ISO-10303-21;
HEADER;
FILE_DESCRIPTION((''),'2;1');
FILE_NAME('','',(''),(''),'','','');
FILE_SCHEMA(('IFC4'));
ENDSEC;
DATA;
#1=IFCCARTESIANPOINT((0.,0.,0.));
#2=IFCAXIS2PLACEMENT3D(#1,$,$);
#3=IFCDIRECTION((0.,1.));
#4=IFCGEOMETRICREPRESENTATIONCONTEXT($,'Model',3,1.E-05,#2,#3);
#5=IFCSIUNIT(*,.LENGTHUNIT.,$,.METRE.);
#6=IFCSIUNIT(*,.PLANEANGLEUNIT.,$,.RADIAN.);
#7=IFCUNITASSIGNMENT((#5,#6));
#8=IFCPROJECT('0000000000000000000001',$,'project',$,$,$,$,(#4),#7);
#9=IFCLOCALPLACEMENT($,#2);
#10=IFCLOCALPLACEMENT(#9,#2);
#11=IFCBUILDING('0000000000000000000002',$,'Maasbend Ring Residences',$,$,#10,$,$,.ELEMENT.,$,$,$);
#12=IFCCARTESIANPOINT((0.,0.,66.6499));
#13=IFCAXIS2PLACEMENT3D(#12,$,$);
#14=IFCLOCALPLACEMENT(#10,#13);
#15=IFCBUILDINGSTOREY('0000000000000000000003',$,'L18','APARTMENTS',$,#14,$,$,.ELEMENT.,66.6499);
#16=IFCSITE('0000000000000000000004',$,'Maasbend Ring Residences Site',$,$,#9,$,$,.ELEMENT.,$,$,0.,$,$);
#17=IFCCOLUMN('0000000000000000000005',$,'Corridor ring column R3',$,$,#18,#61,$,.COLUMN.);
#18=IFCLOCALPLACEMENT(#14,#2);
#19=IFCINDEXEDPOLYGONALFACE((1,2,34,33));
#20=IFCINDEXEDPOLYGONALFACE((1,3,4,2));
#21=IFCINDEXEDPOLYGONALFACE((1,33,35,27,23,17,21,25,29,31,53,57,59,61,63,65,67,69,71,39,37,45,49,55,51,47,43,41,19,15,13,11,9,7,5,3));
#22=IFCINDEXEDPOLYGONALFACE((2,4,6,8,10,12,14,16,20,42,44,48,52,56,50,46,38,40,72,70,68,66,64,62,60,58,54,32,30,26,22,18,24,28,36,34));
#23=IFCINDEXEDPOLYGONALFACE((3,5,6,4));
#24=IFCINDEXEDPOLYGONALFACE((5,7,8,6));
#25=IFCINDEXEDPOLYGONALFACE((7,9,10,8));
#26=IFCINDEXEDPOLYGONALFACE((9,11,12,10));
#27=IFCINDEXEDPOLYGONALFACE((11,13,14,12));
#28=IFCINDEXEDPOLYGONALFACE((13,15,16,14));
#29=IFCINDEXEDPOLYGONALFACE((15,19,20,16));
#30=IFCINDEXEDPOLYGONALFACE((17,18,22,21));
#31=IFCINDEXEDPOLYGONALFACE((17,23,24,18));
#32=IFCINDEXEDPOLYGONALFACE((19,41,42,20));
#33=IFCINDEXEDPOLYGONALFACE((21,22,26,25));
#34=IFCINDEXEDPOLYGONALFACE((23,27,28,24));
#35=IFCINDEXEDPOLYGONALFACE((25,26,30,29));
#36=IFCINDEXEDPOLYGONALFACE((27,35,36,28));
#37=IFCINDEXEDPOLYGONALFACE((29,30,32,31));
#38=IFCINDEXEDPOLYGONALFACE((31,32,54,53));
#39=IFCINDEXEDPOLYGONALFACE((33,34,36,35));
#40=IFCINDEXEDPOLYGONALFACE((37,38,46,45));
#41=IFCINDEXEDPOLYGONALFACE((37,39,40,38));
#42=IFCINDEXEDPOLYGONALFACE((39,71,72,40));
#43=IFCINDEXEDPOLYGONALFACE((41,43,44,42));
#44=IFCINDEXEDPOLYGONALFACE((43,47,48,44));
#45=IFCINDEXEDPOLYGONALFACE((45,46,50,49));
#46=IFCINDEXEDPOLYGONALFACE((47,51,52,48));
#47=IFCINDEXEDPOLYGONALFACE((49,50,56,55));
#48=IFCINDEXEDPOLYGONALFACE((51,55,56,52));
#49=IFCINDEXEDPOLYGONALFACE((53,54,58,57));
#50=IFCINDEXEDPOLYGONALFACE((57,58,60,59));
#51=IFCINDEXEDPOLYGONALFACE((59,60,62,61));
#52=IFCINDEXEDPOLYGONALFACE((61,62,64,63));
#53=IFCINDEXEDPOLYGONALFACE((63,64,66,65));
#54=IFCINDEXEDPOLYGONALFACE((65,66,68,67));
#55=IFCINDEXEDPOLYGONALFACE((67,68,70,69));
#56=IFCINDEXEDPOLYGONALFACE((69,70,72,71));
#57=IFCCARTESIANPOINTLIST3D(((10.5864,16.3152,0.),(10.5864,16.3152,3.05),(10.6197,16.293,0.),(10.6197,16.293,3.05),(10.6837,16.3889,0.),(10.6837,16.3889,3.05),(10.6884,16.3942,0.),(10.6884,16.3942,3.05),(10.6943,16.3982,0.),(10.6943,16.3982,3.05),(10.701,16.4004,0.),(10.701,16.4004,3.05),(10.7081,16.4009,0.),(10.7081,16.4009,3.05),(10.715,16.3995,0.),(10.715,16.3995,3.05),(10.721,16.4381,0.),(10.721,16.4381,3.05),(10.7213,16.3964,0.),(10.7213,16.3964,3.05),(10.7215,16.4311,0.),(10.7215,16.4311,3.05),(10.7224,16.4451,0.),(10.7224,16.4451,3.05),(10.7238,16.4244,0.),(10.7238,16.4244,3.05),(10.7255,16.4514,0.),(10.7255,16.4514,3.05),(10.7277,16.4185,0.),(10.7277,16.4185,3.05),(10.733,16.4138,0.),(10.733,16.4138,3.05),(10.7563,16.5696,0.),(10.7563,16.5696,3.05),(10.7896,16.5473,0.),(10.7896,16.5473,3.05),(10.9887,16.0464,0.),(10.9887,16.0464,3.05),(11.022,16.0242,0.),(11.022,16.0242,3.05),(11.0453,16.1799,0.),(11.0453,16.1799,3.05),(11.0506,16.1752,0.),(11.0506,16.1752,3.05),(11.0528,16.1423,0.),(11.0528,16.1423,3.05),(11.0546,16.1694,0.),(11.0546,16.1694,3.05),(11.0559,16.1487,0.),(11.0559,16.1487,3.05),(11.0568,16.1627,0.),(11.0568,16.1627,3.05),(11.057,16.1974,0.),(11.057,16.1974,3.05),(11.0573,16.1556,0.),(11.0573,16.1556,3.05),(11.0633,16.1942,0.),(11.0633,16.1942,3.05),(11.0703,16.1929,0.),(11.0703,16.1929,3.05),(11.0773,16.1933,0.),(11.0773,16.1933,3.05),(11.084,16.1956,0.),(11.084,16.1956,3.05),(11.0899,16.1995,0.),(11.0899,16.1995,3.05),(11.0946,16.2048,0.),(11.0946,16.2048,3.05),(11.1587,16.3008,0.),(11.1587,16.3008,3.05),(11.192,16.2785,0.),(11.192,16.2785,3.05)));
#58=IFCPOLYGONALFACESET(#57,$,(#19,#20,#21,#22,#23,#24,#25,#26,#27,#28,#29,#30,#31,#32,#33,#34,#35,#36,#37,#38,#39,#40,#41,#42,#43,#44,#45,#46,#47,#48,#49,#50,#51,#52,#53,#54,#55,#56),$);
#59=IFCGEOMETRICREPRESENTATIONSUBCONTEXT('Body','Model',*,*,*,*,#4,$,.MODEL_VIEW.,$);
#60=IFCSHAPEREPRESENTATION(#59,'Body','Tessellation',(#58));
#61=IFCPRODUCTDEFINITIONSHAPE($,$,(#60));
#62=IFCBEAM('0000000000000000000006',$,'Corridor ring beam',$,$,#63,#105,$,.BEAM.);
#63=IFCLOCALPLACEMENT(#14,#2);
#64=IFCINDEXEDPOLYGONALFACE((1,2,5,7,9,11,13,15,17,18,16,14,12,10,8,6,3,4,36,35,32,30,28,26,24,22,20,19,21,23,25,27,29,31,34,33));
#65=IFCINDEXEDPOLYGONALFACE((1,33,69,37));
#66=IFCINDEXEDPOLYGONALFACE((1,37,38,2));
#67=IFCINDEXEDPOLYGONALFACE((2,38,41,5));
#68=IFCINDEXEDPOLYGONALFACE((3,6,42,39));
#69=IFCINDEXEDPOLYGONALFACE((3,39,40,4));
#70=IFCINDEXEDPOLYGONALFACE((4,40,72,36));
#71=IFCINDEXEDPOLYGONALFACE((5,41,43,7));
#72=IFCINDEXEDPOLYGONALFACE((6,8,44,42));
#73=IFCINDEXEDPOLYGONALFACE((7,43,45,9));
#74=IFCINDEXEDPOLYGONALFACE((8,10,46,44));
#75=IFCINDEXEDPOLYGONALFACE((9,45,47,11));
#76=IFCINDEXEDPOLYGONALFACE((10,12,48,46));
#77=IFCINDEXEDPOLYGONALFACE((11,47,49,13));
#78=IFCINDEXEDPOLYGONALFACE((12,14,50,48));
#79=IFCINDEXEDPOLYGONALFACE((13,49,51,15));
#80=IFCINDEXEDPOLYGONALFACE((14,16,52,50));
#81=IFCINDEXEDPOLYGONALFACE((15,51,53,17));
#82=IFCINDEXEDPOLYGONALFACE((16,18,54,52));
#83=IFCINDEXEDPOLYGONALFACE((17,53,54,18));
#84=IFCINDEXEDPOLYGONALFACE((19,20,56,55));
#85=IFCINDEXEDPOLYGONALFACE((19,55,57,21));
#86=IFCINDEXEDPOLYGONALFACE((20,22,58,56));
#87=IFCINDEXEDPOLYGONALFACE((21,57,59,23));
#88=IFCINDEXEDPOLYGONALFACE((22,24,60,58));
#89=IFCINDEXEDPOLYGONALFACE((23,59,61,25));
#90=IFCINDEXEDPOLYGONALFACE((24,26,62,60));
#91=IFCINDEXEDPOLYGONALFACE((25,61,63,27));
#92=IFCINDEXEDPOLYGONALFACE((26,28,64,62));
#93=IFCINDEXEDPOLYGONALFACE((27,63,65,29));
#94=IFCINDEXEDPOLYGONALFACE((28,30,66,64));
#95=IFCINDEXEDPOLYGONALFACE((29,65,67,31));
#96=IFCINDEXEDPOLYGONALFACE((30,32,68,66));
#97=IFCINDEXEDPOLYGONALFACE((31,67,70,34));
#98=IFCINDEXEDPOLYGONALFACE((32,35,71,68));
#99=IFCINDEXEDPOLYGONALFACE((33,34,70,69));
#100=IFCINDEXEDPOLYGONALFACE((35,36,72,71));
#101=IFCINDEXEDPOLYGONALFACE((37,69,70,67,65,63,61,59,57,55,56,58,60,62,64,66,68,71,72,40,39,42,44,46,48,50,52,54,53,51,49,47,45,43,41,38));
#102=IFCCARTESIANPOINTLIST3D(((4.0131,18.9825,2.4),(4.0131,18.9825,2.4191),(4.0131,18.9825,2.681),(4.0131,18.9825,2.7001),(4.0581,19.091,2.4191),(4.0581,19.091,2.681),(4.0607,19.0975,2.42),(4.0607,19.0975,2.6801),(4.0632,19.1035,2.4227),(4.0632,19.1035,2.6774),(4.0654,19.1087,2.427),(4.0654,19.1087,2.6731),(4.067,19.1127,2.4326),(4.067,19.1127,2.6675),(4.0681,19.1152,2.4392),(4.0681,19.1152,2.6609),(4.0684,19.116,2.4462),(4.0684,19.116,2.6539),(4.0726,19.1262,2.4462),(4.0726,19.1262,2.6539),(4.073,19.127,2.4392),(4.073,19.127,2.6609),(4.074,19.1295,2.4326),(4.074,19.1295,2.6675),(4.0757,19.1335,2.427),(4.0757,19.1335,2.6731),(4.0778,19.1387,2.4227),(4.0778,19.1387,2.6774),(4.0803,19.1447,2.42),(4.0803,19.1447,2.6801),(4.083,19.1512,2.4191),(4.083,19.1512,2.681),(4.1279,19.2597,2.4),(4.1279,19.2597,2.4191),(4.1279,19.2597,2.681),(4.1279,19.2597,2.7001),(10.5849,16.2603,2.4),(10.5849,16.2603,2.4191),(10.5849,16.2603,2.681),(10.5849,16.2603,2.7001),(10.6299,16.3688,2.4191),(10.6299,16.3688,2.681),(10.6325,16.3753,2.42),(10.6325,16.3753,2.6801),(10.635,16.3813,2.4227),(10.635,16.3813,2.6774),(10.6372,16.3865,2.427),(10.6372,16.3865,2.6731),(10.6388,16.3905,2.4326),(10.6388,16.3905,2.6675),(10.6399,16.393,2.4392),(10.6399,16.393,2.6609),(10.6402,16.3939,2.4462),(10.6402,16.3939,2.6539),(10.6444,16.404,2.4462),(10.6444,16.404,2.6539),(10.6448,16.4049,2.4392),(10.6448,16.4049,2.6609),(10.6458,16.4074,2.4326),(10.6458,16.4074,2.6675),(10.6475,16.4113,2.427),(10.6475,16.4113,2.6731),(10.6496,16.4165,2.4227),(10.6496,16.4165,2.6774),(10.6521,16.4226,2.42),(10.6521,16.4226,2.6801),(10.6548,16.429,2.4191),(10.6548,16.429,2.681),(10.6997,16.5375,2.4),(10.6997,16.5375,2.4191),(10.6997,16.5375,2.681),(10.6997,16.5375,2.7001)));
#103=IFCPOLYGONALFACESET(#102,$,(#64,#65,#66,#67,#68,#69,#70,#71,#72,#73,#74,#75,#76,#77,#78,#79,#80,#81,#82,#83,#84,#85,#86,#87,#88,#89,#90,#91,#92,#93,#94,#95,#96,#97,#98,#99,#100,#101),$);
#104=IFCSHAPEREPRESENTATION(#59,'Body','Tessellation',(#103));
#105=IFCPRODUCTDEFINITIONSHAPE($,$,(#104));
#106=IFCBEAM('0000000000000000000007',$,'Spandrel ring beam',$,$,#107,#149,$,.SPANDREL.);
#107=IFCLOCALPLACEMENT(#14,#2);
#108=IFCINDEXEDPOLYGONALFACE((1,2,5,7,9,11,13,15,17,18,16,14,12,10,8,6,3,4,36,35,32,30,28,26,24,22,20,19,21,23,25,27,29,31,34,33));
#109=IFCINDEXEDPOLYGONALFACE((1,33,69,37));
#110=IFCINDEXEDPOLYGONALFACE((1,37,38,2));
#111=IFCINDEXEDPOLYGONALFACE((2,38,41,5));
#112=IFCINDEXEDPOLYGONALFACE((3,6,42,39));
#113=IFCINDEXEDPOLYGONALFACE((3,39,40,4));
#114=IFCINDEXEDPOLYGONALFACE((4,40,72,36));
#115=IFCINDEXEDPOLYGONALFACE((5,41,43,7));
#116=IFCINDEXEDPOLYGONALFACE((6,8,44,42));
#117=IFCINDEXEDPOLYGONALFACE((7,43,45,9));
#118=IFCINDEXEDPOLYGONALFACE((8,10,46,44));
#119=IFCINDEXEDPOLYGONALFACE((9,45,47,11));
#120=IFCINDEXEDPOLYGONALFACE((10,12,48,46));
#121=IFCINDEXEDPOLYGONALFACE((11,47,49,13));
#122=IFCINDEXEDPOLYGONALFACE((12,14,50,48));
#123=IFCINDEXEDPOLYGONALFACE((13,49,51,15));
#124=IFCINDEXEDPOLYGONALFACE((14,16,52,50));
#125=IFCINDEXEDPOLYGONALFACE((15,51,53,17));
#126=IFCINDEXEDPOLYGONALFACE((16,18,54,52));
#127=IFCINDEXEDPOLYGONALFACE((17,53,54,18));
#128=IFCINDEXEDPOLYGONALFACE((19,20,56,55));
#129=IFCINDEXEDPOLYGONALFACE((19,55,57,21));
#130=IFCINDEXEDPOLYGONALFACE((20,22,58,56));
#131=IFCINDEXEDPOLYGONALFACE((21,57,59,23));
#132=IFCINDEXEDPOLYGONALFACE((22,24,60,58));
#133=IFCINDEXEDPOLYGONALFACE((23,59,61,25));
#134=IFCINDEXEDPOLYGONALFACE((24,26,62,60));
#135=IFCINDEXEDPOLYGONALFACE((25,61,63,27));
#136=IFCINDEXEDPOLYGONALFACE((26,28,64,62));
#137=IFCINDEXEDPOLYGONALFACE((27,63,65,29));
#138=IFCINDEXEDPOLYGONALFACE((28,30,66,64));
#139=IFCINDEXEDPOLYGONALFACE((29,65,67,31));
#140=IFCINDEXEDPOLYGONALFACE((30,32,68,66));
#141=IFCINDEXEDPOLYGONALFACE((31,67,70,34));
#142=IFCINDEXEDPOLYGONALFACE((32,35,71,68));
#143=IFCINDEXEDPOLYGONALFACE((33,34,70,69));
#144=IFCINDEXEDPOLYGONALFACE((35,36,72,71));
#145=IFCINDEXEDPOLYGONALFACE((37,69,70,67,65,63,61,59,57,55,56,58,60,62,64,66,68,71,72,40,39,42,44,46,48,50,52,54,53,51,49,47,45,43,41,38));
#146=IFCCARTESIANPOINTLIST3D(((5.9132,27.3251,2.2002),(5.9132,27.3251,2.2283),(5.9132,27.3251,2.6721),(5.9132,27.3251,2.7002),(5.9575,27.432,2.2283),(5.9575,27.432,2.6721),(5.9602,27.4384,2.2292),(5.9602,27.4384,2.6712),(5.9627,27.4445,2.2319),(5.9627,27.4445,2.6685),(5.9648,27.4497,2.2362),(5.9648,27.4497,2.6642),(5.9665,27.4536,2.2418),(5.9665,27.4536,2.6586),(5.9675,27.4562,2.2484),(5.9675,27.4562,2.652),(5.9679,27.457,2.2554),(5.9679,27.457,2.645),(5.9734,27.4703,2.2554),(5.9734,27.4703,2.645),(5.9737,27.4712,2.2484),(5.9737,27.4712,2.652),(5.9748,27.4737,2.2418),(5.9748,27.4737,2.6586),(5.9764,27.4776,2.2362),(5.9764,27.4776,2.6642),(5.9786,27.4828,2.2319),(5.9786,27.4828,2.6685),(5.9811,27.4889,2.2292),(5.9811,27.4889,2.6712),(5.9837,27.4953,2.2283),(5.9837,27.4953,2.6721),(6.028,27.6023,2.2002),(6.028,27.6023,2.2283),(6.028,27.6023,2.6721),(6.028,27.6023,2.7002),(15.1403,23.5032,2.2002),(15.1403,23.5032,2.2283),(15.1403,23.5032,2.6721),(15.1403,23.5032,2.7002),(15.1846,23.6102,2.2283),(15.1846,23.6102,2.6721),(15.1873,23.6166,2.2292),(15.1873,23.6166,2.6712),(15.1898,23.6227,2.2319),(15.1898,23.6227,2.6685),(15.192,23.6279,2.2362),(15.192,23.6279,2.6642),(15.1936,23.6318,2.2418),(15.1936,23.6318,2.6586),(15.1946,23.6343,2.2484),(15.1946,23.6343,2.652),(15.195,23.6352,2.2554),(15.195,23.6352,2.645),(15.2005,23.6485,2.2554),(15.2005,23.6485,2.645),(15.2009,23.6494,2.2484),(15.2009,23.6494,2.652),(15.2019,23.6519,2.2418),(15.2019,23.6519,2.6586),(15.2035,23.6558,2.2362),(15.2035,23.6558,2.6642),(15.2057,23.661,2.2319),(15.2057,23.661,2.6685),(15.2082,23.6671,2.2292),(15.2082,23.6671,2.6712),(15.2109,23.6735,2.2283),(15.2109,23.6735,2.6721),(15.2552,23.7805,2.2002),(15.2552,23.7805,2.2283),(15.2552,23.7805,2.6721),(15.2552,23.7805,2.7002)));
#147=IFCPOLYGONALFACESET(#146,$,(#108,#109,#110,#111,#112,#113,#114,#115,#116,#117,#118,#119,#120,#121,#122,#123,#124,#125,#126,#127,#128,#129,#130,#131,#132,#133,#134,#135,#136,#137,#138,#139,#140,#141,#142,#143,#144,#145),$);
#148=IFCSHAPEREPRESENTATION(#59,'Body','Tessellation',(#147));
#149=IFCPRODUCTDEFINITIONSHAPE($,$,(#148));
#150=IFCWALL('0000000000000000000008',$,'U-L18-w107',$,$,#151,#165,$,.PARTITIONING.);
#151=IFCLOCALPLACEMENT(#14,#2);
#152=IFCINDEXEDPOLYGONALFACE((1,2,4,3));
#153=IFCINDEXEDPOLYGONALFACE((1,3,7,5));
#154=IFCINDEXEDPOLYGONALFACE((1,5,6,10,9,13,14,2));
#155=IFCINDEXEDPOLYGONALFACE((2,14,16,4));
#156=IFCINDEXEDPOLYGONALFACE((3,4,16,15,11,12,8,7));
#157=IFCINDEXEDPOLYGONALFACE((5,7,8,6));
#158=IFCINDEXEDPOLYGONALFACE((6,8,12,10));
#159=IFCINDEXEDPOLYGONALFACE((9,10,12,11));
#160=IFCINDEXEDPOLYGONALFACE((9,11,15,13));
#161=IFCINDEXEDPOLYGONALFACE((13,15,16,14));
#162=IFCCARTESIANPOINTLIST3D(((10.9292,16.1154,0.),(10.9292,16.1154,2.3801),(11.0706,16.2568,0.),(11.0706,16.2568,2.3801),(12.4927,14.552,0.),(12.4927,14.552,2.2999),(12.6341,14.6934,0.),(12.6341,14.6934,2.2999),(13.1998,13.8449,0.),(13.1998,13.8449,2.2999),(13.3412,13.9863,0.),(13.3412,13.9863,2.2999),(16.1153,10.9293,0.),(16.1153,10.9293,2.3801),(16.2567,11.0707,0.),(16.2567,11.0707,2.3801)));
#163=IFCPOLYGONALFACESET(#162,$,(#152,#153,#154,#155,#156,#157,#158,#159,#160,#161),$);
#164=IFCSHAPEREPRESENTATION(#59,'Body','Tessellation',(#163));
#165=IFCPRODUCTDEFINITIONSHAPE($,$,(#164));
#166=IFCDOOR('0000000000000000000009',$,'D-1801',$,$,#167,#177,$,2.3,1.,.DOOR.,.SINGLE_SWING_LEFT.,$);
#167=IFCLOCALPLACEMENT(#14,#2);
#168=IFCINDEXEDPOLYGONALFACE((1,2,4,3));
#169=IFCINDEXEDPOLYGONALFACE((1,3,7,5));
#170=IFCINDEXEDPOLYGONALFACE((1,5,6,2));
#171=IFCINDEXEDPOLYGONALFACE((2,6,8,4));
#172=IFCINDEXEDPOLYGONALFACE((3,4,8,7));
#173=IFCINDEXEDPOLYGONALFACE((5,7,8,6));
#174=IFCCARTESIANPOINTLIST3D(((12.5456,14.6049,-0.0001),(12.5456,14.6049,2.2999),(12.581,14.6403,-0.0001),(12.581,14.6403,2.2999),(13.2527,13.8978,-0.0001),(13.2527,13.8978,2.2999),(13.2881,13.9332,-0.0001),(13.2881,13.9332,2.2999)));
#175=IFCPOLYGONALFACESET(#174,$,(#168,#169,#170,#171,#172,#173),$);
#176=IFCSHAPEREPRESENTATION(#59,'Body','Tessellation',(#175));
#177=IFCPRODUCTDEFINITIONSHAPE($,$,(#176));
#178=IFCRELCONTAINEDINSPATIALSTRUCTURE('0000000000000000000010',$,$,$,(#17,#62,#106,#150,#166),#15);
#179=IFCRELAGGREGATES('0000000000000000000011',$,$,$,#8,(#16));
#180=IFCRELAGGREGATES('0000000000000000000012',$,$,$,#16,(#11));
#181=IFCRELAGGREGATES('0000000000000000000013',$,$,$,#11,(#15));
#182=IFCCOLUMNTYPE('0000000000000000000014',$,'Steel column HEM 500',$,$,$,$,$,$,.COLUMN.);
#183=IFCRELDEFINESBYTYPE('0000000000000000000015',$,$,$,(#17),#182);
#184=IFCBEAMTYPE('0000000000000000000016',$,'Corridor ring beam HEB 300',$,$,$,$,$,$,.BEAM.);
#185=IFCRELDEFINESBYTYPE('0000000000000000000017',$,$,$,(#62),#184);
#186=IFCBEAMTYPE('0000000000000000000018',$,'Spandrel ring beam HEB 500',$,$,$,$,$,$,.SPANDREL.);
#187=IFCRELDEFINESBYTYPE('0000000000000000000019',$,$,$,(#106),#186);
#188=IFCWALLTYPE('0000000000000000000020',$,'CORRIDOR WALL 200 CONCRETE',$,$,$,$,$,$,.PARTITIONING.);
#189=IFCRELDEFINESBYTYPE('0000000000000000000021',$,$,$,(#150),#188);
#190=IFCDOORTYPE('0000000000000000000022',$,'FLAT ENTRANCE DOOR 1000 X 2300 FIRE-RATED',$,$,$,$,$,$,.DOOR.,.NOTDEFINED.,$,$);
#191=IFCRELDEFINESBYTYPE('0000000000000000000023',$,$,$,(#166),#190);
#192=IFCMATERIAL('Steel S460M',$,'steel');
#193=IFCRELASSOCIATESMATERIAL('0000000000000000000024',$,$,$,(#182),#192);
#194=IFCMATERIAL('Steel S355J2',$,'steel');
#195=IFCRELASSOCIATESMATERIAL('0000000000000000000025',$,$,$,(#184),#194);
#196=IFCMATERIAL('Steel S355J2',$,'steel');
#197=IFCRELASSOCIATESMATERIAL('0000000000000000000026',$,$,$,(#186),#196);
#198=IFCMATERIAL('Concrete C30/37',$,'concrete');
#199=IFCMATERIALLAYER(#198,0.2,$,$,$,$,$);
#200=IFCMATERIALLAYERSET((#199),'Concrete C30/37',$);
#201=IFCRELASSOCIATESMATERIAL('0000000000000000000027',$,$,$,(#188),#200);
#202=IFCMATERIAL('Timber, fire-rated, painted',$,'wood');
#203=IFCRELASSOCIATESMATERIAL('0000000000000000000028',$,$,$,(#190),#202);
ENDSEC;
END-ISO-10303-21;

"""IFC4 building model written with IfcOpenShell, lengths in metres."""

from ifc_helpers import new_model, si_unit, direction, frame, frame_2d, origin, origin_2d, place, context, subcontext, project, spatial, rectangle, i_section, extrude, material, layer, layer_set, material_profile, profile_set, type_object, element, fill, save


model = new_model("IFC4")

# Units and contexts
model_context = context("Model", 3, precision=1e-05, world=origin(), true_north=direction((0.0, 1.0)))
body_context = subcontext(model_context, "Body", "Model", "MODEL_VIEW")
ifc_project = project(units=[si_unit("LENGTHUNIT", "METRE"), si_unit("PLANEANGLEUNIT", "RADIAN")], contexts=[model_context])

# Site, building, storey
site_placement = place(None, origin())
site = spatial("IfcSite", under=ifc_project, at=site_placement, Name="Maasbend Ring Residences Site", CompositionType="ELEMENT", RefElevation=0.0)
building_placement = place(site_placement, origin())
building = spatial("IfcBuilding", under=site, at=building_placement, Name="Maasbend Ring Residences", CompositionType="ELEMENT")
storey_placement = place(building_placement, frame((0.0, 0.0, 66.6499)))
storey = spatial("IfcBuildingStorey", under=building, at=storey_placement, Name="L18", Description="APARTMENTS", CompositionType="ELEMENT", Elevation=66.6499)

# Column
ifc_material_1 = material(Name="Steel S460M", Category="steel")
ifc_material_profile_1 = material_profile(ifc_material_1, i_section(OverallWidth=0.3059, OverallDepth=0.5239, WebThickness=0.021, FlangeThickness=0.04, FilletRadius=0.0271, at=origin_2d()), Name="HEM 500")
ifc_profile_set_1 = profile_set([ifc_material_profile_1], Name="Steel S460M")
column_type = type_object("IfcColumnType", Name="Steel column HEM 500", PredefinedType="COLUMN", material=ifc_profile_set_1)
column_placement = place(storey_placement, frame((10.8892, 16.2969, 0.0), z_axis=(0.0, 0.0, 1.0), x_axis=(0.55557, 0.83147, 0.0)))
element("IfcColumn", 1, at=column_placement, inside=storey, type_object=column_type, Name="Corridor ring column R3", PredefinedType="COLUMN", context=body_context, shape_type="SweptSolid", body=[
    extrude(i_section(OverallWidth=0.3059, OverallDepth=0.5239, WebThickness=0.021, FlangeThickness=0.04, FilletRadius=0.0271, at=origin_2d()), origin(), (0.0, 0.0, 1.0), 3.05),
])

# Beams
ifc_material_2 = material(Name="Steel S355J2", Category="steel")
ifc_material_profile_2 = material_profile(ifc_material_2, i_section(OverallWidth=0.3, OverallDepth=0.3, WebThickness=0.011, FlangeThickness=0.019, FilletRadius=0.0271, at=origin_2d()), Name="HEB 300")
ifc_profile_set_2 = profile_set([ifc_material_profile_2], Name="Steel S355J2")
beam_type_1 = type_object("IfcBeamType", Name="Corridor ring beam HEB 300", PredefinedType="BEAM", material=ifc_profile_set_2)
beam_1_placement = place(storey_placement, frame((10.6423, 16.3989, 2.55), z_axis=(-0.923877, 0.382689, 0.0), x_axis=(-0.382689, -0.923877, 0.0)))
element("IfcBeam", 2, at=beam_1_placement, inside=storey, type_object=beam_type_1, Name="Corridor ring beam", PredefinedType="BEAM", context=body_context, shape_type="SweptSolid", body=[
    extrude(i_section(OverallWidth=0.3, OverallDepth=0.3, WebThickness=0.011, FlangeThickness=0.019, FilletRadius=0.0271, at=origin_2d()), origin(), (0.0, 0.0, 1.0), 7.1133),
])
ifc_material_3 = material(Name="Steel S355J2", Category="steel")
ifc_material_profile_3 = material_profile(ifc_material_3, i_section(OverallWidth=0.3, OverallDepth=0.5, WebThickness=0.0144, FlangeThickness=0.0281, FilletRadius=0.0271, at=origin_2d()), Name="HEB 500")
ifc_profile_set_3 = profile_set([ifc_material_profile_3], Name="Steel S355J2")
beam_type_2 = type_object("IfcBeamType", Name="Spandrel ring beam HEB 500", PredefinedType="SPANDREL", material=ifc_profile_set_3)
beam_2_placement = place(storey_placement, frame((15.1978, 23.6418, 2.4502), z_axis=(-0.923886, 0.382667, 0.0), x_axis=(-0.382667, -0.923886, 0.0)))
element("IfcBeam", 3, at=beam_2_placement, inside=storey, type_object=beam_type_2, Name="Spandrel ring beam", PredefinedType="SPANDREL", context=body_context, shape_type="SweptSolid", body=[
    extrude(i_section(OverallWidth=0.3, OverallDepth=0.5, WebThickness=0.0144, FlangeThickness=0.0281, FilletRadius=0.0271, at=origin_2d()), origin(), (0.0, 0.0, 1.0), 9.9873),
])

# Wall, opening, door
ifc_material_4 = material(Name="Concrete C30/37", Category="concrete")
ifc_layer_1 = layer(ifc_material_4, 0.2)
ifc_layer_set_1 = layer_set([ifc_layer_1], Name="Concrete C30/37")
wall_type_1 = type_object("IfcWallType", Name="CORRIDOR WALL 200 CONCRETE", PredefinedType="PARTITIONING", material=ifc_layer_set_1)
wall_1_placement = place(storey_placement, frame((11.0, 16.186, 0.0), z_axis=(0.0, 0.0, 1.0), x_axis=(0.707107, -0.707107, 0.0)))
wall_1 = element("IfcWall", 4, at=wall_1_placement, inside=storey, type_object=wall_type_1, Name="U-L18-w107", PredefinedType="PARTITIONING", context=body_context, shape_type="SweptSolid", body=[
    extrude(rectangle(XDim=7.3342, YDim=0.2, at=frame_2d((3.667, 0.0))), origin(), (0.0, 0.0, 1.0), 2.3801),
])
opening_1_placement = place(wall_1_placement, frame((2.2109, 0.0, 0.0)))
opening_1 = element("IfcOpeningElement", 5, at=opening_1_placement, cuts=wall_1, PredefinedType="OPENING", context=body_context, shape_type="SweptSolid", body=[
    extrude(rectangle(XDim=1.0, YDim=2.3, at=frame_2d((0.5, 1.1499))), frame((0.0, 0.1099, 0.0), z_axis=(0.0, -1.0, 0.0), x_axis=(1.0, 0.0, 0.0)), (0.0, 0.0, 1.0), 0.22),
])
ifc_material_5 = material(Name="Timber, fire-rated, painted", Category="wood")
door_type_1 = type_object("IfcDoorType", Name="FLAT ENTRANCE DOOR 1000 X 2300 FIRE-RATED", OperationType="NOTDEFINED", PredefinedType="DOOR", material=ifc_material_5)
door_1_placement = place(opening_1_placement, origin())
door_1 = element("IfcDoor", 6, at=door_1_placement, inside=storey, type_object=door_type_1, Name="D-1801", OperationType="SINGLE_SWING_LEFT", OverallHeight=2.3, OverallWidth=1.0, PredefinedType="DOOR", context=body_context, shape_type="SweptSolid", body=[
    extrude(rectangle(XDim=1.0, YDim=2.3, at=frame_2d((0.5, 1.1499))), frame((0.0, 0.0249, 0.0), z_axis=(0.0, -1.0, 0.0), x_axis=(1.0, 0.0, 0.0)), (0.0, 0.0, 1.0), 0.05),
])
fill(opening_1, door_1)

save(model, "model.ifc")
